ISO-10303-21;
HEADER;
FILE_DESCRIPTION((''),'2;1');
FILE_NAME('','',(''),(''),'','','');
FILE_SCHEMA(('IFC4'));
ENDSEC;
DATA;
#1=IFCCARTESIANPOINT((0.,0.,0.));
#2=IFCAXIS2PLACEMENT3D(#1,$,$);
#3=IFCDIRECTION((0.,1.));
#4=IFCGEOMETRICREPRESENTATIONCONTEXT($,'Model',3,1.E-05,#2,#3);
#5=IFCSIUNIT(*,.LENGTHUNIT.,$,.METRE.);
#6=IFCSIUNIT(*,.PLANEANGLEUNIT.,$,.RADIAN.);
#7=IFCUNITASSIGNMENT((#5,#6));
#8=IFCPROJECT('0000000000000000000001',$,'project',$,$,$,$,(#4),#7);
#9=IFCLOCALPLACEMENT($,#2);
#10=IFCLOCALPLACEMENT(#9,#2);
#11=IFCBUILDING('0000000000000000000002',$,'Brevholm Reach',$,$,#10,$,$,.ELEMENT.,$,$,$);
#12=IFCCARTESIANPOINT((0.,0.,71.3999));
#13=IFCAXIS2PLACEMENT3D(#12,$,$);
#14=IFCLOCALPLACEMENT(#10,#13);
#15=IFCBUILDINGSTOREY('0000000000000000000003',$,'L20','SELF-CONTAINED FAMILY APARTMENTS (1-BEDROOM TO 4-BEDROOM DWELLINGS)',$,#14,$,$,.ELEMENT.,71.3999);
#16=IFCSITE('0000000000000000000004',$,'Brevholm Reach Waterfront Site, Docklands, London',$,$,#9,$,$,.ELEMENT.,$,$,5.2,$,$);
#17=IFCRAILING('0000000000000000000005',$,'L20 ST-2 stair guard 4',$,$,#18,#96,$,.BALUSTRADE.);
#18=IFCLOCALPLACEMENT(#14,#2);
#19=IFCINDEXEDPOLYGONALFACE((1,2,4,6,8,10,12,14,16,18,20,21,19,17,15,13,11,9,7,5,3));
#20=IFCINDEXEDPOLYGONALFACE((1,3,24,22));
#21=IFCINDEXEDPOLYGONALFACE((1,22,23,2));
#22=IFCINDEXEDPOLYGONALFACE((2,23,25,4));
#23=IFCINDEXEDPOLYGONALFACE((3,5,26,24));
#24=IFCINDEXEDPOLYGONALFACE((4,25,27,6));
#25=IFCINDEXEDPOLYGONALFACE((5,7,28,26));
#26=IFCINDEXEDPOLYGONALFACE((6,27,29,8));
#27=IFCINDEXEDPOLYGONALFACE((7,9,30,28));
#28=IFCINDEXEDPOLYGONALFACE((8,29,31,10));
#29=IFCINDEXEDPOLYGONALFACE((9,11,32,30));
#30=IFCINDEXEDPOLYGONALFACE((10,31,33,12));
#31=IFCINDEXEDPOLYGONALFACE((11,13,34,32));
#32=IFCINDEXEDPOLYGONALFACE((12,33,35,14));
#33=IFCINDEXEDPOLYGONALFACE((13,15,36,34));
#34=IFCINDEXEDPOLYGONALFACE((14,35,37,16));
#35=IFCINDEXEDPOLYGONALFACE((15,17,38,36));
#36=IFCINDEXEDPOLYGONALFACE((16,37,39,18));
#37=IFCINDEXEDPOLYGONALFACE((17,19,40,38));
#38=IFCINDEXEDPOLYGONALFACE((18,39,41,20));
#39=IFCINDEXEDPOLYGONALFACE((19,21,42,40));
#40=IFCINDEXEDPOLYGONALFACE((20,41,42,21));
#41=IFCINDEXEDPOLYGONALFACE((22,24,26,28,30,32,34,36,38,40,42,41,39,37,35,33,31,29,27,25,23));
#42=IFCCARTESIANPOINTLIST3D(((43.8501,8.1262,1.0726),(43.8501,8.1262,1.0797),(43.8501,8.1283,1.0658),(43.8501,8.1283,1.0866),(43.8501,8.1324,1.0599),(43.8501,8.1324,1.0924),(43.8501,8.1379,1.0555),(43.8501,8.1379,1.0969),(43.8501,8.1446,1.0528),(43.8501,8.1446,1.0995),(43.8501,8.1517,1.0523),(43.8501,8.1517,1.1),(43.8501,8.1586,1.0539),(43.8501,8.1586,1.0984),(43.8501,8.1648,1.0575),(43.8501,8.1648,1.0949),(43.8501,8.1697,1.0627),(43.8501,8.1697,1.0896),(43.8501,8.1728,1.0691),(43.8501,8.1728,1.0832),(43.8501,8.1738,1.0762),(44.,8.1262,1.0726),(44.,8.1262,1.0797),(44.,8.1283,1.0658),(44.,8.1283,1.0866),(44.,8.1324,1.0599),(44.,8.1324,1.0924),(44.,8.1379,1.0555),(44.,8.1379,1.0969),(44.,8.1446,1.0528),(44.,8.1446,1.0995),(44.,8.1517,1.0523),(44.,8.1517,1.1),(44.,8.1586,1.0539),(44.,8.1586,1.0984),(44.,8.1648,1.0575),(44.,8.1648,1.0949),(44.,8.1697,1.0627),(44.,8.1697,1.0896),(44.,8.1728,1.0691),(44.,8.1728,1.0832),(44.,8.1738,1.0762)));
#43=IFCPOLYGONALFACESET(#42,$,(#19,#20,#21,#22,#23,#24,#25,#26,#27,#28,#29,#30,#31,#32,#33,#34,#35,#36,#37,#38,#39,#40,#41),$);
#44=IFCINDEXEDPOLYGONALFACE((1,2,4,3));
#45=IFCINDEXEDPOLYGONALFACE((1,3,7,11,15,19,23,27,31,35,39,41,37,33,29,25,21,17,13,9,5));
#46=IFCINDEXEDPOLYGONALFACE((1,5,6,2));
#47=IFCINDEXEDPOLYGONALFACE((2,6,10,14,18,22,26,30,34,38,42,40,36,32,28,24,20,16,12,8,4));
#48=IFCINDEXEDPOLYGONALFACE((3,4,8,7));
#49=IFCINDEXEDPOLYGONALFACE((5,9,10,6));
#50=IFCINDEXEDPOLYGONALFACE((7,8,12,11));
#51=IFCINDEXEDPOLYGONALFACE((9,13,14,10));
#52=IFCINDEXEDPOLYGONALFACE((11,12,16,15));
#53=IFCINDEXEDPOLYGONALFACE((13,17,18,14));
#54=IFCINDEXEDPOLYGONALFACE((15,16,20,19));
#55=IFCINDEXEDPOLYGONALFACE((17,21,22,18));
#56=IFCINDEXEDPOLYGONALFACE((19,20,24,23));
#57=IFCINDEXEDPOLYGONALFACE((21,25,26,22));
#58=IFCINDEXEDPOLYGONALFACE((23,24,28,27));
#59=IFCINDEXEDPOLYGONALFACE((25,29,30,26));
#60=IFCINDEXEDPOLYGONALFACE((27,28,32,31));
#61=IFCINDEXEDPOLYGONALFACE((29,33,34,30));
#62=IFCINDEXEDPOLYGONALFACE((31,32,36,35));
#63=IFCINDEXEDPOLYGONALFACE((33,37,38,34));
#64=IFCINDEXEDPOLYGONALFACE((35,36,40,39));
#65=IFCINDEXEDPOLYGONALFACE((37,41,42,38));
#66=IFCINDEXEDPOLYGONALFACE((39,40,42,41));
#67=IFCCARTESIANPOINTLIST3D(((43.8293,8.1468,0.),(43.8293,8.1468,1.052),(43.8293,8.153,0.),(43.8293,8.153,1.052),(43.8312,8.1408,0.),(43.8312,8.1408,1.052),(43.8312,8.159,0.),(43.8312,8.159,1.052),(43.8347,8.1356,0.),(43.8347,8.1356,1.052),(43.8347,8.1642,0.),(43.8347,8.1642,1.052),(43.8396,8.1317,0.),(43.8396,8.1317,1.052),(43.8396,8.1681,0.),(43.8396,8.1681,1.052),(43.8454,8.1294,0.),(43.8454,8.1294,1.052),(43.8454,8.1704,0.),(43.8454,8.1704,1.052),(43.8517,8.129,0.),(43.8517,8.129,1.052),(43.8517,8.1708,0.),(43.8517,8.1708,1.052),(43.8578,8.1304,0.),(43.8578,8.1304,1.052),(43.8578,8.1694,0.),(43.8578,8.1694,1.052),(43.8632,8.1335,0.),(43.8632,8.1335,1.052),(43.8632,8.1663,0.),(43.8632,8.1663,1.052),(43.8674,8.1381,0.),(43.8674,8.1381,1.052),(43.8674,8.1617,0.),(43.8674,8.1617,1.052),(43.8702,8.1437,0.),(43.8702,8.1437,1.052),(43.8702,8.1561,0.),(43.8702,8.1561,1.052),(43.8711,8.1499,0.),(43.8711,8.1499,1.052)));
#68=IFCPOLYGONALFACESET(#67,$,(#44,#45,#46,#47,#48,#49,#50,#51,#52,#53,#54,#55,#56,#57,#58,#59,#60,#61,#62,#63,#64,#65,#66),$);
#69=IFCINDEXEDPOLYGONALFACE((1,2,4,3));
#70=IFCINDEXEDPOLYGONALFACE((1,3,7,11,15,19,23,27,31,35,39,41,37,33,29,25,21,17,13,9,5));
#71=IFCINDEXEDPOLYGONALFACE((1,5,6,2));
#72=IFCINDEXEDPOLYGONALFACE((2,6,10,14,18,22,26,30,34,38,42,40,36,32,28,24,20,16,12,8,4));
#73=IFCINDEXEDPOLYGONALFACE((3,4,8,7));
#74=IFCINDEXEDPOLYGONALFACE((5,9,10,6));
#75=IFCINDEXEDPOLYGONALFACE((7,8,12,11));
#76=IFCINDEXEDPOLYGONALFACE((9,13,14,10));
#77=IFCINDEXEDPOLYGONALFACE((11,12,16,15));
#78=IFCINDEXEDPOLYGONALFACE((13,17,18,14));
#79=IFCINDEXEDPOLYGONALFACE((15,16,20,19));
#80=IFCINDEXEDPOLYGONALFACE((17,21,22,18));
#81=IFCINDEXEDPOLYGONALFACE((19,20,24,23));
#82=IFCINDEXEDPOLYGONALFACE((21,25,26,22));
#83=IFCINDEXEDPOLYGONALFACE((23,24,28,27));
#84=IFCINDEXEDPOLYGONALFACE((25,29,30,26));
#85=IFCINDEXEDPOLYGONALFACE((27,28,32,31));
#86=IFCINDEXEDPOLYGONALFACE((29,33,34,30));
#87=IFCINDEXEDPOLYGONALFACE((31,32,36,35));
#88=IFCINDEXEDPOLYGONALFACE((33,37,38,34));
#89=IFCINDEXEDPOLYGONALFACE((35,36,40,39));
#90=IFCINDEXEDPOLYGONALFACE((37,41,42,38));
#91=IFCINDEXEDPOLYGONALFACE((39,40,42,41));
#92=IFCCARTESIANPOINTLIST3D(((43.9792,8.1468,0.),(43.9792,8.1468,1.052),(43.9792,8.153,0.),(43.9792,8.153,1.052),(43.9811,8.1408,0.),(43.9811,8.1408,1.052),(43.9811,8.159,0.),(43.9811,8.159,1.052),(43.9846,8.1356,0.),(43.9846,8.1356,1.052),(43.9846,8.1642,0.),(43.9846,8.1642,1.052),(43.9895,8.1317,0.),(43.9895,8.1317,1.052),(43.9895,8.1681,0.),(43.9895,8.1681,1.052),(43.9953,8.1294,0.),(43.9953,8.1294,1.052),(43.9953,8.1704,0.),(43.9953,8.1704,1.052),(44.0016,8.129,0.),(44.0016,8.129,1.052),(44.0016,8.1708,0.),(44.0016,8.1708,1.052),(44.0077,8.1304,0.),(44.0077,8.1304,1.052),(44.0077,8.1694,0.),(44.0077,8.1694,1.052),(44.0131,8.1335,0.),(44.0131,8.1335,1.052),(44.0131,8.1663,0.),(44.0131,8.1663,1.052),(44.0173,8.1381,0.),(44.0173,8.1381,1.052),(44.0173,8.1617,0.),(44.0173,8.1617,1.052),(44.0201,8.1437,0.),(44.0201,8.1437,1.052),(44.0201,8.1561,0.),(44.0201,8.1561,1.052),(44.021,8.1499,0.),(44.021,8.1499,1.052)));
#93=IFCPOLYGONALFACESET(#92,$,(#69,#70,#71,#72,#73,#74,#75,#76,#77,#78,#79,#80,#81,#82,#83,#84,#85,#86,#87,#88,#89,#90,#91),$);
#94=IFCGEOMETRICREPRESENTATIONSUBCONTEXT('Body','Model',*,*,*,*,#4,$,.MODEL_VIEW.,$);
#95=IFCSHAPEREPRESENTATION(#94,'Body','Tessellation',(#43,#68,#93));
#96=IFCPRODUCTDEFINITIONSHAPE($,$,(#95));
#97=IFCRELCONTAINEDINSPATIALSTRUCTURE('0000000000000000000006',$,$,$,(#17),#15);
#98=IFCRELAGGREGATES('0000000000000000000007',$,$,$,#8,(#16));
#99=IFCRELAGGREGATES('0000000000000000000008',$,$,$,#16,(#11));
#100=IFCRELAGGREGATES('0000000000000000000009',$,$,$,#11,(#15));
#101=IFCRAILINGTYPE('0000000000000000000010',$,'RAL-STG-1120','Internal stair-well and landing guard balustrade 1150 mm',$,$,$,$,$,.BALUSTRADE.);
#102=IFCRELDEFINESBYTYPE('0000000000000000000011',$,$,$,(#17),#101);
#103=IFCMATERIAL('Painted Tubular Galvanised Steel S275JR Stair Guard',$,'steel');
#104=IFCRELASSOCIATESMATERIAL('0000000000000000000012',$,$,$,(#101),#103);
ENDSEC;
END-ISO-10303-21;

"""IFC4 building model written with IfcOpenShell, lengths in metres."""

from ifc_helpers import new_model, si_unit, direction, frame, origin, origin_2d, place, context, subcontext, project, spatial, circle, extrude, material, type_object, element, save


model = new_model("IFC4")

# Units and contexts
model_context = context("Model", 3, precision=1e-05, world=origin(), true_north=direction((0.0, 1.0)))
body_context = subcontext(model_context, "Body", "Model", "MODEL_VIEW")
ifc_project = project(units=[si_unit("LENGTHUNIT", "METRE"), si_unit("PLANEANGLEUNIT", "RADIAN")], contexts=[model_context])

# Site, building, storey
site_placement = place(None, origin())
site = spatial("IfcSite", under=ifc_project, at=site_placement, Name="Brevholm Reach Waterfront Site, Docklands, London", CompositionType="ELEMENT", RefElevation=5.2)
building_placement = place(site_placement, origin())
building = spatial("IfcBuilding", under=site, at=building_placement, Name="Brevholm Reach", CompositionType="ELEMENT")
storey_placement = place(building_placement, frame((0.0, 0.0, 71.3999)))
storey = spatial("IfcBuildingStorey", under=building, at=storey_placement, Name="L20", Description="SELF-CONTAINED FAMILY APARTMENTS (1-BEDROOM TO 4-BEDROOM DWELLINGS)", CompositionType="ELEMENT", Elevation=71.3999)

# Railing
ifc_material_1 = material(Name="Painted Tubular Galvanised Steel S275JR Stair Guard", Category="steel")
railing_type_1 = type_object("IfcRailingType", Name="RAL-STG-1120", Description="Internal stair-well and landing guard balustrade 1150 mm", PredefinedType="BALUSTRADE", material=ifc_material_1)
railing_1_placement = place(storey_placement, frame((43.8501, 8.1499, 0.0)))
element("IfcRailing", 1, at=railing_1_placement, inside=storey, type_object=railing_type_1, Name="L20 ST-2 stair guard 4", PredefinedType="BALUSTRADE", context=body_context, shape_type="SweptSolid", body=[
    extrude(circle(Radius=0.0239, at=origin_2d()), frame((0.0, 0.0, 1.0762), z_axis=(1.0, 0.0, 0.0), x_axis=(0.0, 1.0, 0.0)), (0.0, 0.0, 1.0), 0.1499),
    extrude(circle(Radius=0.021, at=origin_2d()), origin(), (0.0, 0.0, 1.0), 1.052),
    extrude(circle(Radius=0.021, at=origin_2d()), frame((0.1499, 0.0, 0.0)), (0.0, 0.0, 1.0), 1.052),
])

save(model, "model.ifc")
